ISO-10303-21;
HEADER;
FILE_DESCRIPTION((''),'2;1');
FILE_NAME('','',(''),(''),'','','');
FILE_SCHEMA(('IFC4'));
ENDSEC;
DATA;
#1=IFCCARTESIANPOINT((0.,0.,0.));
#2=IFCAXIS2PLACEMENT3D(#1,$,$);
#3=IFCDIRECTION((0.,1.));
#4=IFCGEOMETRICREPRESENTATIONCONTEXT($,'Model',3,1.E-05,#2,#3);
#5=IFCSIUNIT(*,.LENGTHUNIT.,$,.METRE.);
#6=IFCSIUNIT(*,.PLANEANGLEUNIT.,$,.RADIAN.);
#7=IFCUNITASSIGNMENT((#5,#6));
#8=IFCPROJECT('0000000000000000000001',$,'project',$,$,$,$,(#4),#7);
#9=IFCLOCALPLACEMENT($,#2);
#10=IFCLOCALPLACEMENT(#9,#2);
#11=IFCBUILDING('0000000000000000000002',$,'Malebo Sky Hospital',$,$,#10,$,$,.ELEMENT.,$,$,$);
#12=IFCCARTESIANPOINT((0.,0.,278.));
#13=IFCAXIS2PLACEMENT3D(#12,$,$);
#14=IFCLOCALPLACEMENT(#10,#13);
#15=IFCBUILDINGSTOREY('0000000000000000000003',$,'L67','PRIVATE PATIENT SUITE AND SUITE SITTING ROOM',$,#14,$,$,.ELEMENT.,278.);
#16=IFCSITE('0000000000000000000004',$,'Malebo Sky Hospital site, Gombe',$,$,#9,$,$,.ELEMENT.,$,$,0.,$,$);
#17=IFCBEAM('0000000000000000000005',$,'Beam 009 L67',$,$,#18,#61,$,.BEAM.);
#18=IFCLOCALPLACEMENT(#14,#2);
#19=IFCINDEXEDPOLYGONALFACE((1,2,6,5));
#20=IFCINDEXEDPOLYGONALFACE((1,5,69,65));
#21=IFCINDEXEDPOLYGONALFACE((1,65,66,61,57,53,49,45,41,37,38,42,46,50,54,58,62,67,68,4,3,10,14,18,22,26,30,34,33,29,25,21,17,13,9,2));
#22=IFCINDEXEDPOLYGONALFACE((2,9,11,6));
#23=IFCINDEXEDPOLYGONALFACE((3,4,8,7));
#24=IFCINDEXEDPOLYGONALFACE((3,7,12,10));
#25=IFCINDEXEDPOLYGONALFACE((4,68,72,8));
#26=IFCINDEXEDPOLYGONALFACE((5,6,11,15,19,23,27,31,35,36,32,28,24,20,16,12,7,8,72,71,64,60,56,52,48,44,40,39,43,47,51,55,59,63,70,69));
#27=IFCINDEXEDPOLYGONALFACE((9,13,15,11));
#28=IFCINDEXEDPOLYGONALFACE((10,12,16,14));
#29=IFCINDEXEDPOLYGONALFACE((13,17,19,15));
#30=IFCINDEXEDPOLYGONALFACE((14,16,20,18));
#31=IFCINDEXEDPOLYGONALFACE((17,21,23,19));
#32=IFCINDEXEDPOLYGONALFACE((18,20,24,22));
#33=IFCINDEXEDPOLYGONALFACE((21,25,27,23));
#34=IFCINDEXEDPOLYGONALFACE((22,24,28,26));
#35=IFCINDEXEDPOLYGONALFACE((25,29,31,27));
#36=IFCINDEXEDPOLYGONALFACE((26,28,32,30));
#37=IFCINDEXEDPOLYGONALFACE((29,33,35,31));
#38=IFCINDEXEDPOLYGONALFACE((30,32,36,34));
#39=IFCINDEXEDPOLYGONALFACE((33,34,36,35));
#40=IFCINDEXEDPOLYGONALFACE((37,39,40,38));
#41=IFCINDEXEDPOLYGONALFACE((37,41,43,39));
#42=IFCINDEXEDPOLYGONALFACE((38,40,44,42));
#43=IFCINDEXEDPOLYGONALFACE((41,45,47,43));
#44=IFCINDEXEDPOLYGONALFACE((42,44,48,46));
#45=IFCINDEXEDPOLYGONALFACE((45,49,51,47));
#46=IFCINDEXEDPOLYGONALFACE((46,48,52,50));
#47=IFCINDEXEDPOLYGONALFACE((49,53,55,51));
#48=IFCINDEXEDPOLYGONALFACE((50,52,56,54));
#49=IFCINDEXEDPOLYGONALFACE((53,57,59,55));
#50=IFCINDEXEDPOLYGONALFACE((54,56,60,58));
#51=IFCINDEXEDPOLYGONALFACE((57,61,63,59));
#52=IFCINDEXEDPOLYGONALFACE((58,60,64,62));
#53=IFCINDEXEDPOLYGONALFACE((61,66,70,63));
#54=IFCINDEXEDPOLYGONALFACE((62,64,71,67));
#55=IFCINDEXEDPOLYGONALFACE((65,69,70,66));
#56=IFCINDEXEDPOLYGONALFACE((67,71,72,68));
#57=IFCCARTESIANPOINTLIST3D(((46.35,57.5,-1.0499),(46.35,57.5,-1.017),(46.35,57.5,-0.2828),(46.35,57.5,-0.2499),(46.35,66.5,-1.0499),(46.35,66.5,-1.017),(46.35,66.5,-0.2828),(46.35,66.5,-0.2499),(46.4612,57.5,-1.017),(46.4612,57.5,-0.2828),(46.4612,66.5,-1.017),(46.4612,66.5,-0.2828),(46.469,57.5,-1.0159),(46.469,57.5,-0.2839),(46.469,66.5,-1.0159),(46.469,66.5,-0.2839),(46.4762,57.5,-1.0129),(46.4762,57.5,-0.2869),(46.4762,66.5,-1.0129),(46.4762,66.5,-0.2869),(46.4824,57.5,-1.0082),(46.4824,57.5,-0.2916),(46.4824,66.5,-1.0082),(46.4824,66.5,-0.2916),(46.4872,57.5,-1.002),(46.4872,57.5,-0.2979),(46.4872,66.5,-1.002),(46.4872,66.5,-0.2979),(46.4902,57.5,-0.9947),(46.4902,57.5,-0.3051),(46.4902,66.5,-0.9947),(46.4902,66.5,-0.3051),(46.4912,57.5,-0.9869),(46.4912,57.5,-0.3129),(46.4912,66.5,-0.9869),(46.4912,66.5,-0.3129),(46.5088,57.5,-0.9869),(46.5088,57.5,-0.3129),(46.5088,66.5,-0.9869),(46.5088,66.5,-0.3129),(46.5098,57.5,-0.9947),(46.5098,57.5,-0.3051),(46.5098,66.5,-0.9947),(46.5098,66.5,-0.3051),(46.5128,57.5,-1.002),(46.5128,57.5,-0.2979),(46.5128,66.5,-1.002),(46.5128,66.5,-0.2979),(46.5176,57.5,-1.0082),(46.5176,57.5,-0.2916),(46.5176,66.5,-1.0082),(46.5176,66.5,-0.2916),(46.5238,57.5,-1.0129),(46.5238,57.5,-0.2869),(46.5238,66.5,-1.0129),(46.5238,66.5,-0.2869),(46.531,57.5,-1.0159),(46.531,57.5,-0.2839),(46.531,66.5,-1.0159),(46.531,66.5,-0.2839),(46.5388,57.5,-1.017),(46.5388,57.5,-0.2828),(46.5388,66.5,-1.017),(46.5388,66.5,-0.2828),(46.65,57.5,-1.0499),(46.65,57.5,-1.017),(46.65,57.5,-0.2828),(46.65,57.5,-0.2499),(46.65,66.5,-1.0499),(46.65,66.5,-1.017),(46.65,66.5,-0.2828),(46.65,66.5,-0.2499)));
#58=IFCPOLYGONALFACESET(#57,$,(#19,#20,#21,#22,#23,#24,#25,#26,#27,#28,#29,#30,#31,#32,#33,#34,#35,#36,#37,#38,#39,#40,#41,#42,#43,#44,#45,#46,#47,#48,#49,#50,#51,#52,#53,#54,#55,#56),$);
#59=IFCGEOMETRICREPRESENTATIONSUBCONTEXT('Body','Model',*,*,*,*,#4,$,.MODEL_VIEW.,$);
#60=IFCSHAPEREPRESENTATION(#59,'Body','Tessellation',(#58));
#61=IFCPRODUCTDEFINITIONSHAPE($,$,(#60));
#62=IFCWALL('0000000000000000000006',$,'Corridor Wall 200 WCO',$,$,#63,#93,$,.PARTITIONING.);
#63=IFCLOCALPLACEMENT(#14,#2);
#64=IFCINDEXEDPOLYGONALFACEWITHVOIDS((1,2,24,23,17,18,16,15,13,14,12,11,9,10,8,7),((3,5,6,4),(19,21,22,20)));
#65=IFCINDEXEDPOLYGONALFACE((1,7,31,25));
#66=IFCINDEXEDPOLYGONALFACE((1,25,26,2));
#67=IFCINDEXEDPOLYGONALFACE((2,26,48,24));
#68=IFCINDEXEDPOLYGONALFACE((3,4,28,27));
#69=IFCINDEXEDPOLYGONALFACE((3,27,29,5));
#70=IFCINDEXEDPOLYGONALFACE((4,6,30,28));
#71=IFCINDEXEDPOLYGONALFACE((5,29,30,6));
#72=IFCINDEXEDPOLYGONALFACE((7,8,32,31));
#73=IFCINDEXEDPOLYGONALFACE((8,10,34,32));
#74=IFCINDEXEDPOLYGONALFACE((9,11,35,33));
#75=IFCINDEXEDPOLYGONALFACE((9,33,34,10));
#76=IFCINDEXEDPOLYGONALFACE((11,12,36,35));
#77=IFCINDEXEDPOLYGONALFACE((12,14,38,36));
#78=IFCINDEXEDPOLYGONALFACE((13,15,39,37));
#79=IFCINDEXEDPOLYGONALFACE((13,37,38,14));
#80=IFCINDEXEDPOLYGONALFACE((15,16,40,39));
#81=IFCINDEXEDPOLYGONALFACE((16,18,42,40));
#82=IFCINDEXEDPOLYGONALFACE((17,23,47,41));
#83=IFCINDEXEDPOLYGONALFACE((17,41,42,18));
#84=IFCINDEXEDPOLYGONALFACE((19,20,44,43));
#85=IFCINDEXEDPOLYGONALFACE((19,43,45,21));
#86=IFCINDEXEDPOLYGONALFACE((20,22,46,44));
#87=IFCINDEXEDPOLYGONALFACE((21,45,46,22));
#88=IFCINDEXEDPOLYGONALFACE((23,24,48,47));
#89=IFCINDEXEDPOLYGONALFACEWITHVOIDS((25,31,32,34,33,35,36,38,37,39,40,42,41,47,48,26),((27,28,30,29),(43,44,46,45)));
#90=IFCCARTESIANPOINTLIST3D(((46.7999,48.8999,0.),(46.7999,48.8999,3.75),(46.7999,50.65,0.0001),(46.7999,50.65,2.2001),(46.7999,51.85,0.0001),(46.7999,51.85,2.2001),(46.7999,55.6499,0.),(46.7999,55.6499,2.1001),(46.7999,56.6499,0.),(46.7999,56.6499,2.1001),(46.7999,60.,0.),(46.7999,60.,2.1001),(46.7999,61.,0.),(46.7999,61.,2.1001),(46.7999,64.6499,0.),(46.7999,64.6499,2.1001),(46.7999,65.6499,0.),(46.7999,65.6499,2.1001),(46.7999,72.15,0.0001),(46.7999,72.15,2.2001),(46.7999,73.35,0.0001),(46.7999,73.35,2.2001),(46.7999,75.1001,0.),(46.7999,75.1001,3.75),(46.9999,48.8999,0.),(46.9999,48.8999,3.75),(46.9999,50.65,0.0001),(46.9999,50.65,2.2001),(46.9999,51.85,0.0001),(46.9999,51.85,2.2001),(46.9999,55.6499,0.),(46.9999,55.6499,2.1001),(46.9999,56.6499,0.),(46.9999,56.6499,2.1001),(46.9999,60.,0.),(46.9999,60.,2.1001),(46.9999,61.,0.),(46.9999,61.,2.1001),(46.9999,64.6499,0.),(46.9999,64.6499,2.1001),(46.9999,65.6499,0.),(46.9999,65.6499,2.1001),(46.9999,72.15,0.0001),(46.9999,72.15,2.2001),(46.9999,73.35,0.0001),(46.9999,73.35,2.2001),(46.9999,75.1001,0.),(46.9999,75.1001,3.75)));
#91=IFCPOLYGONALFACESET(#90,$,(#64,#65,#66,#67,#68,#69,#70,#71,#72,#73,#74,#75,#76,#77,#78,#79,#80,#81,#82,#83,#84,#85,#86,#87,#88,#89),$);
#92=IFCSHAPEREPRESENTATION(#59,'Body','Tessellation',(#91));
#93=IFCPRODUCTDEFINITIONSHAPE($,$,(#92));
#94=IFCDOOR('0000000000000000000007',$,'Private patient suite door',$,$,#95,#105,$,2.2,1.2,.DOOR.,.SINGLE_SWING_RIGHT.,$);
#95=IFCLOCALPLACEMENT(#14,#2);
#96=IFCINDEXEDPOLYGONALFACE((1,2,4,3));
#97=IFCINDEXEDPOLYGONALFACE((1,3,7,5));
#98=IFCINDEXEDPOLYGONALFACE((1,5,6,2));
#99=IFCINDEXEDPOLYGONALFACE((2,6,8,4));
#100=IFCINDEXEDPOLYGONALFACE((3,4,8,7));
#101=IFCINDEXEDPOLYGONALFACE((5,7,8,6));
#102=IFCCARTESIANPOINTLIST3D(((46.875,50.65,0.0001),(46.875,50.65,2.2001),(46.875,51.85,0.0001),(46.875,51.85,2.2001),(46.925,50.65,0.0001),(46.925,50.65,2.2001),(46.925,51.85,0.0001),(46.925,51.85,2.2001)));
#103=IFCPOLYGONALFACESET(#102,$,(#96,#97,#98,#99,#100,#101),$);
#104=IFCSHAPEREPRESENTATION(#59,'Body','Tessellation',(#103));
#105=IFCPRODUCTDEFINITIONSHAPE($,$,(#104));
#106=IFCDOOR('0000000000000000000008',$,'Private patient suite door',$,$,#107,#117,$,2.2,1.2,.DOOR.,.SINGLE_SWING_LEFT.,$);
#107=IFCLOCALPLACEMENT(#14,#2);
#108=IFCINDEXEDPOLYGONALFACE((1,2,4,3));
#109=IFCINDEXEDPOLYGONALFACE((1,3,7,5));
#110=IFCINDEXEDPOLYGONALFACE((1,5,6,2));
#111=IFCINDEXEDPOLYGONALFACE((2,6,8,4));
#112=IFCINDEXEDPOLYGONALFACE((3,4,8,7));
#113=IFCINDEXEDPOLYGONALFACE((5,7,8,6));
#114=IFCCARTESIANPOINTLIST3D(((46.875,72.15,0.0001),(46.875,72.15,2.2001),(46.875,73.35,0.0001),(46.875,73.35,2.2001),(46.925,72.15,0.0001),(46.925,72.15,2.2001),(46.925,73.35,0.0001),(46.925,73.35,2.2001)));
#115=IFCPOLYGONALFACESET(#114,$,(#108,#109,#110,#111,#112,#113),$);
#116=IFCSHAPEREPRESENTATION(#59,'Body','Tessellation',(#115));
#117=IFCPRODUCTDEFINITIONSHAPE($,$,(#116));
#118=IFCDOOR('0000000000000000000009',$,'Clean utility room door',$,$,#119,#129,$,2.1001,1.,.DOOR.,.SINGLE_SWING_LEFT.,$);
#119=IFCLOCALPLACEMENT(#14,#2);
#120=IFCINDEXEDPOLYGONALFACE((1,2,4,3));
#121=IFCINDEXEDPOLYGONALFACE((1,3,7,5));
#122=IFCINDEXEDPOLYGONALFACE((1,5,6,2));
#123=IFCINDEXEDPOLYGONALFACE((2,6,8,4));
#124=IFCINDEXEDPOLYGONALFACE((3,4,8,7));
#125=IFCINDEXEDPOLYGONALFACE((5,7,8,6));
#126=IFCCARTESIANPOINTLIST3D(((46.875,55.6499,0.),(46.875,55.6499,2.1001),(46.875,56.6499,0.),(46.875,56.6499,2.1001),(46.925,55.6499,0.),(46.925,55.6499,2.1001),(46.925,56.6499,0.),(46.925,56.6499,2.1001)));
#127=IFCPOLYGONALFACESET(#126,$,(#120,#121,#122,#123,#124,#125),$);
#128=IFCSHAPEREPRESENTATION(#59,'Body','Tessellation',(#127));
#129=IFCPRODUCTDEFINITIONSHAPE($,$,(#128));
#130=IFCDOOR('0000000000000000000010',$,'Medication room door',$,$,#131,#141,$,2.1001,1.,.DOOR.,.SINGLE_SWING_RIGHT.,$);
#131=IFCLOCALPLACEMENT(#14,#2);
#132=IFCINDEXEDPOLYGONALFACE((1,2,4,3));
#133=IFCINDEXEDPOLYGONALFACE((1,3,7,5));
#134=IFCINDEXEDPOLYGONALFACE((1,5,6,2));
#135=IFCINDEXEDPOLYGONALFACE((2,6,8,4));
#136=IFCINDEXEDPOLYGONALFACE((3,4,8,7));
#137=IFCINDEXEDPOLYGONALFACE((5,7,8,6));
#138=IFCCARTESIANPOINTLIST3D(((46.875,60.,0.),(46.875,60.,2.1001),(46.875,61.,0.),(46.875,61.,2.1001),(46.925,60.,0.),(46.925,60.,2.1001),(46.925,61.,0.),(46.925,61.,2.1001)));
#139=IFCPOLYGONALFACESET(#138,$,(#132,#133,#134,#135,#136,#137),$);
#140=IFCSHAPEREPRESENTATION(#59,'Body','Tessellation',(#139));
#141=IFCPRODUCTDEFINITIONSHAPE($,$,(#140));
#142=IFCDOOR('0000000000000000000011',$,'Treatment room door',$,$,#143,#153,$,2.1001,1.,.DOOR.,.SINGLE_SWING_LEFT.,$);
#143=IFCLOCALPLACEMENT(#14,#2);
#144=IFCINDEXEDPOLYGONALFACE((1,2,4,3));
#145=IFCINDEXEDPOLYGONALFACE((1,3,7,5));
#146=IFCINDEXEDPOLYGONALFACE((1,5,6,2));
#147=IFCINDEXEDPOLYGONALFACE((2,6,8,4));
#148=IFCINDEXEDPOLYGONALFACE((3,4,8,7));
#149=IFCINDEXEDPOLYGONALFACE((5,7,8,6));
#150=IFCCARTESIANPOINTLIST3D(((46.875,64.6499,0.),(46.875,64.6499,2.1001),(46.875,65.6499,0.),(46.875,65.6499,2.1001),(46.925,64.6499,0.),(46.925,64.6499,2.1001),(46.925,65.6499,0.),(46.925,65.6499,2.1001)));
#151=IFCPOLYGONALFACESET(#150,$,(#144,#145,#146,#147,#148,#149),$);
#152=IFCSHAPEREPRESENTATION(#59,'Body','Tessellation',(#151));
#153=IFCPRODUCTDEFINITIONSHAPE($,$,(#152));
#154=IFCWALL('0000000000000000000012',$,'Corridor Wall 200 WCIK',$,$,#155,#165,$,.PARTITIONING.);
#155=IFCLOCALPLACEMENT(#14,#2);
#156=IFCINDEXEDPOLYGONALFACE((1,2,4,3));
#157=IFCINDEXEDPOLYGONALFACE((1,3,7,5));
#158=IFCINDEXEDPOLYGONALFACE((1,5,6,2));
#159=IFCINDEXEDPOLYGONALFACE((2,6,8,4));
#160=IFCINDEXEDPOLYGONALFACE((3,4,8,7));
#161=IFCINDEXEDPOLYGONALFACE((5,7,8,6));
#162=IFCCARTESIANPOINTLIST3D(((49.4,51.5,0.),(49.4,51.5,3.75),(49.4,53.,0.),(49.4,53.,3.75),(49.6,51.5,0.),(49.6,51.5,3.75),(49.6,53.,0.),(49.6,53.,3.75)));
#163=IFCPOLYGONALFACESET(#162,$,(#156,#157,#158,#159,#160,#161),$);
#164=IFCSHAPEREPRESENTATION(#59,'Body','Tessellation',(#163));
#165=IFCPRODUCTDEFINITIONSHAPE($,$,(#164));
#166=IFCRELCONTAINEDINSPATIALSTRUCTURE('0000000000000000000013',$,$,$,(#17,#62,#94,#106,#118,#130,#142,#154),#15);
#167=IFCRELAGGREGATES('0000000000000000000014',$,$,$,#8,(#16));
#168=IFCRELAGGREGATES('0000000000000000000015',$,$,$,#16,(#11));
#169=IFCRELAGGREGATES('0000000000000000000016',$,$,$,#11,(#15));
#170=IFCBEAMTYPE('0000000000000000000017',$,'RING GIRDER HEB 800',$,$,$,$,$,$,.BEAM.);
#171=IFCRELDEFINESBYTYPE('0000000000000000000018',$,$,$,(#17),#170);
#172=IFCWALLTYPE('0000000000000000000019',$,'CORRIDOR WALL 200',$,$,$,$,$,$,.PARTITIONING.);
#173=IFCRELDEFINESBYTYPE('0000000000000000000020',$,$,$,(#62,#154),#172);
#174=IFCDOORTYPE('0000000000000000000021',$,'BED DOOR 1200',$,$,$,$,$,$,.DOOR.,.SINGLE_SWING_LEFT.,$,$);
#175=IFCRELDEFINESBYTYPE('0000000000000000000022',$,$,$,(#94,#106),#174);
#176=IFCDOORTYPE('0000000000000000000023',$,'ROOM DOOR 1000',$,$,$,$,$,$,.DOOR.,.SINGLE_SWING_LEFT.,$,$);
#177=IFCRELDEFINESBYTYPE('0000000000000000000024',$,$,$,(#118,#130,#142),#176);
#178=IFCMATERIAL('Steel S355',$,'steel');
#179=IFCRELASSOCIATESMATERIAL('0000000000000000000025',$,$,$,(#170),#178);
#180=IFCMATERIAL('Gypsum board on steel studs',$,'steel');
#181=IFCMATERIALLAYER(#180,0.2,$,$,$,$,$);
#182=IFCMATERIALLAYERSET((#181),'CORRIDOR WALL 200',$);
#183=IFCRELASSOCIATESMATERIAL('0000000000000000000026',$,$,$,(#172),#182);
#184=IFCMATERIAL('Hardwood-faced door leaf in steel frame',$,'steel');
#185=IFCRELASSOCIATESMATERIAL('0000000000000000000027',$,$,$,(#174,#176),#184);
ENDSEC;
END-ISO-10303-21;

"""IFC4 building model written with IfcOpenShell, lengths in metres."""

from ifc_helpers import new_model, si_unit, direction, frame, frame_2d, origin, origin_2d, place, context, subcontext, project, spatial, rectangle, i_section, extrude, material, layer, layer_set, material_profile, profile_set, type_object, element, fill, save


model = new_model("IFC4")

# Units and contexts
model_context = context("Model", 3, precision=1e-05, world=origin(), true_north=direction((0.0, 1.0)))
body_context = subcontext(model_context, "Body", "Model", "MODEL_VIEW")
ifc_project = project(units=[si_unit("LENGTHUNIT", "METRE"), si_unit("PLANEANGLEUNIT", "RADIAN")], contexts=[model_context])

# Site, building, storey
site_placement = place(None, origin())
site = spatial("IfcSite", under=ifc_project, at=site_placement, Name="Malebo Sky Hospital site, Gombe", CompositionType="ELEMENT", RefElevation=0.0)
building_placement = place(site_placement, origin())
building = spatial("IfcBuilding", under=site, at=building_placement, Name="Malebo Sky Hospital", CompositionType="ELEMENT")
storey_placement = place(building_placement, frame((0.0, 0.0, 278.0)))
storey = spatial("IfcBuildingStorey", under=building, at=storey_placement, Name="L67", Description="PRIVATE PATIENT SUITE AND SUITE SITTING ROOM", CompositionType="ELEMENT", Elevation=278.0)

# Beam
ifc_material_1 = material(Name="Steel S355", Category="steel")
ifc_material_profile_1 = material_profile(ifc_material_1, i_section(OverallWidth=0.3, OverallDepth=0.8, WebThickness=0.0176, FlangeThickness=0.033, FilletRadius=0.03, at=origin_2d()), Name="HEB 800")
ifc_profile_set_1 = profile_set([ifc_material_profile_1], Name="Steel S355")
beam_type_1 = type_object("IfcBeamType", Name="RING GIRDER HEB 800", PredefinedType="BEAM", material=ifc_profile_set_1)
beam_1_placement = place(storey_placement, frame((46.5, 57.5, -0.6499), z_axis=(0.0, 1.0, 0.0), x_axis=(-1.0, 0.0, 0.0)))
element("IfcBeam", 1, at=beam_1_placement, inside=storey, type_object=beam_type_1, Name="Beam 009 L67", PredefinedType="BEAM", context=body_context, shape_type="SweptSolid", body=[
    extrude(i_section(OverallWidth=0.3, OverallDepth=0.8, WebThickness=0.0176, FlangeThickness=0.033, FilletRadius=0.03, at=origin_2d()), origin(), (0.0, 0.0, 1.0), 9.0),
])

# Wall, openings, doors
ifc_material_2 = material(Name="Gypsum board on steel studs", Category="steel")
ifc_layer_1 = layer(ifc_material_2, 0.2)
ifc_layer_set_1 = layer_set([ifc_layer_1], Name="CORRIDOR WALL 200")
wall_type_1 = type_object("IfcWallType", Name="CORRIDOR WALL 200", PredefinedType="PARTITIONING", material=ifc_layer_set_1)
wall_1_placement = place(storey_placement, frame((46.8999, 48.8999, 0.0), z_axis=(0.0, 0.0, 1.0), x_axis=(0.0, 1.0, 0.0)))
wall_1 = element("IfcWall", 2, at=wall_1_placement, inside=storey, type_object=wall_type_1, Name="Corridor Wall 200 WCO", PredefinedType="PARTITIONING", context=body_context, shape_type="SweptSolid", body=[
    extrude(rectangle(XDim=26.2002, YDim=0.2, at=frame_2d((13.1001, 0.0))), origin(), (0.0, 0.0, 1.0), 3.75),
])
opening_1_placement = place(wall_1_placement, frame((1.75, 0.0, 0.0)))
opening_1 = element("IfcOpeningElement", 3, at=opening_1_placement, cuts=wall_1, PredefinedType="OPENING", context=body_context, shape_type="SweptSolid", body=[
    extrude(rectangle(XDim=1.2, YDim=2.2, at=frame_2d((0.6001, 1.1001))), frame((0.0, 0.1099, 0.0), z_axis=(0.0, -1.0, 0.0), x_axis=(1.0, 0.0, 0.0)), (0.0, 0.0, 1.0), 0.22),
])
opening_2_placement = place(wall_1_placement, frame((6.75, 0.0, 0.0)))
opening_2 = element("IfcOpeningElement", 4, at=opening_2_placement, cuts=wall_1, PredefinedType="OPENING", context=body_context, shape_type="SweptSolid", body=[
    extrude(rectangle(XDim=1.0, YDim=2.1001, at=frame_2d((0.5, 1.05))), frame((0.0, 0.1099, 0.0), z_axis=(0.0, -1.0, 0.0), x_axis=(1.0, 0.0, 0.0)), (0.0, 0.0, 1.0), 0.22),
])
opening_3_placement = place(wall_1_placement, frame((11.1001, 0.0, 0.0)))
opening_3 = element("IfcOpeningElement", 5, at=opening_3_placement, cuts=wall_1, PredefinedType="OPENING", context=body_context, shape_type="SweptSolid", body=[
    extrude(rectangle(XDim=1.0, YDim=2.1001, at=frame_2d((0.5, 1.05))), frame((0.0, 0.1099, 0.0), z_axis=(0.0, -1.0, 0.0), x_axis=(1.0, 0.0, 0.0)), (0.0, 0.0, 1.0), 0.22),
])
opening_4_placement = place(wall_1_placement, frame((15.75, 0.0, 0.0)))
opening_4 = element("IfcOpeningElement", 6, at=opening_4_placement, cuts=wall_1, PredefinedType="OPENING", context=body_context, shape_type="SweptSolid", body=[
    extrude(rectangle(XDim=1.0, YDim=2.1001, at=frame_2d((0.5, 1.05))), frame((0.0, 0.1099, 0.0), z_axis=(0.0, -1.0, 0.0), x_axis=(1.0, 0.0, 0.0)), (0.0, 0.0, 1.0), 0.22),
])
opening_5_placement = place(wall_1_placement, frame((23.25, 0.0, 0.0)))
opening_5 = element("IfcOpeningElement", 7, at=opening_5_placement, cuts=wall_1, PredefinedType="OPENING", context=body_context, shape_type="SweptSolid", body=[
    extrude(rectangle(XDim=1.2, YDim=2.2, at=frame_2d((0.6001, 1.1001))), frame((0.0, 0.1099, 0.0), z_axis=(0.0, -1.0, 0.0), x_axis=(1.0, 0.0, 0.0)), (0.0, 0.0, 1.0), 0.22),
])
ifc_material_3 = material(Name="Hardwood-faced door leaf in steel frame", Category="steel")
door_type_1 = type_object("IfcDoorType", Name="BED DOOR 1200", OperationType="SINGLE_SWING_LEFT", PredefinedType="DOOR", material=ifc_material_3)
door_1_placement = place(opening_1_placement, origin())
door_1 = element("IfcDoor", 8, at=door_1_placement, inside=storey, type_object=door_type_1, Name="Private patient suite door", OperationType="SINGLE_SWING_RIGHT", OverallHeight=2.2, OverallWidth=1.2, PredefinedType="DOOR", context=body_context, shape_type="SweptSolid", body=[
    extrude(rectangle(XDim=1.2, YDim=2.2, at=frame_2d((0.6001, 1.1001))), frame((0.0, 0.0249, 0.0), z_axis=(0.0, -1.0, 0.0), x_axis=(1.0, 0.0, 0.0)), (0.0, 0.0, 1.0), 0.05),
])
fill(opening_1, door_1)
door_2_placement = place(opening_5_placement, origin())
door_2 = element("IfcDoor", 9, at=door_2_placement, inside=storey, type_object=door_type_1, Name="Private patient suite door", OperationType="SINGLE_SWING_LEFT", OverallHeight=2.2, OverallWidth=1.2, PredefinedType="DOOR", context=body_context, shape_type="SweptSolid", body=[
    extrude(rectangle(XDim=1.2, YDim=2.2, at=frame_2d((0.6001, 1.1001))), frame((0.0, 0.0249, 0.0), z_axis=(0.0, -1.0, 0.0), x_axis=(1.0, 0.0, 0.0)), (0.0, 0.0, 1.0), 0.05),
])
fill(opening_5, door_2)
door_type_2 = type_object("IfcDoorType", Name="ROOM DOOR 1000", OperationType="SINGLE_SWING_LEFT", PredefinedType="DOOR", material=ifc_material_3)
door_3_placement = place(opening_2_placement, origin())
door_3 = element("IfcDoor", 10, at=door_3_placement, inside=storey, type_object=door_type_2, Name="Clean utility room door", OperationType="SINGLE_SWING_LEFT", OverallHeight=2.1001, OverallWidth=1.0, PredefinedType="DOOR", context=body_context, shape_type="SweptSolid", body=[
    extrude(rectangle(XDim=1.0, YDim=2.1001, at=frame_2d((0.5, 1.05))), frame((0.0, 0.0249, 0.0), z_axis=(0.0, -1.0, 0.0), x_axis=(1.0, 0.0, 0.0)), (0.0, 0.0, 1.0), 0.05),
])
fill(opening_2, door_3)
door_4_placement = place(opening_3_placement, origin())
door_4 = element("IfcDoor", 11, at=door_4_placement, inside=storey, type_object=door_type_2, Name="Medication room door", OperationType="SINGLE_SWING_RIGHT", OverallHeight=2.1001, OverallWidth=1.0, PredefinedType="DOOR", context=body_context, shape_type="SweptSolid", body=[
    extrude(rectangle(XDim=1.0, YDim=2.1001, at=frame_2d((0.5, 1.05))), frame((0.0, 0.0249, 0.0), z_axis=(0.0, -1.0, 0.0), x_axis=(1.0, 0.0, 0.0)), (0.0, 0.0, 1.0), 0.05),
])
fill(opening_3, door_4)
door_5_placement = place(opening_4_placement, origin())
door_5 = element("IfcDoor", 12, at=door_5_placement, inside=storey, type_object=door_type_2, Name="Treatment room door", OperationType="SINGLE_SWING_LEFT", OverallHeight=2.1001, OverallWidth=1.0, PredefinedType="DOOR", context=body_context, shape_type="SweptSolid", body=[
    extrude(rectangle(XDim=1.0, YDim=2.1001, at=frame_2d((0.5, 1.05))), frame((0.0, 0.0249, 0.0), z_axis=(0.0, -1.0, 0.0), x_axis=(1.0, 0.0, 0.0)), (0.0, 0.0, 1.0), 0.05),
])
fill(opening_4, door_5)

# Wall
wall_2_placement = place(storey_placement, frame((49.5, 51.5, 0.0), z_axis=(0.0, 0.0, 1.0), x_axis=(0.0, 1.0, 0.0)))
element("IfcWall", 13, at=wall_2_placement, inside=storey, type_object=wall_type_1, Name="Corridor Wall 200 WCIK", PredefinedType="PARTITIONING", context=body_context, shape_type="SweptSolid", body=[
    extrude(rectangle(XDim=1.5, YDim=0.2, at=frame_2d((0.75, 0.0))), origin(), (0.0, 0.0, 1.0), 3.75),
])

save(model, "model.ifc")
